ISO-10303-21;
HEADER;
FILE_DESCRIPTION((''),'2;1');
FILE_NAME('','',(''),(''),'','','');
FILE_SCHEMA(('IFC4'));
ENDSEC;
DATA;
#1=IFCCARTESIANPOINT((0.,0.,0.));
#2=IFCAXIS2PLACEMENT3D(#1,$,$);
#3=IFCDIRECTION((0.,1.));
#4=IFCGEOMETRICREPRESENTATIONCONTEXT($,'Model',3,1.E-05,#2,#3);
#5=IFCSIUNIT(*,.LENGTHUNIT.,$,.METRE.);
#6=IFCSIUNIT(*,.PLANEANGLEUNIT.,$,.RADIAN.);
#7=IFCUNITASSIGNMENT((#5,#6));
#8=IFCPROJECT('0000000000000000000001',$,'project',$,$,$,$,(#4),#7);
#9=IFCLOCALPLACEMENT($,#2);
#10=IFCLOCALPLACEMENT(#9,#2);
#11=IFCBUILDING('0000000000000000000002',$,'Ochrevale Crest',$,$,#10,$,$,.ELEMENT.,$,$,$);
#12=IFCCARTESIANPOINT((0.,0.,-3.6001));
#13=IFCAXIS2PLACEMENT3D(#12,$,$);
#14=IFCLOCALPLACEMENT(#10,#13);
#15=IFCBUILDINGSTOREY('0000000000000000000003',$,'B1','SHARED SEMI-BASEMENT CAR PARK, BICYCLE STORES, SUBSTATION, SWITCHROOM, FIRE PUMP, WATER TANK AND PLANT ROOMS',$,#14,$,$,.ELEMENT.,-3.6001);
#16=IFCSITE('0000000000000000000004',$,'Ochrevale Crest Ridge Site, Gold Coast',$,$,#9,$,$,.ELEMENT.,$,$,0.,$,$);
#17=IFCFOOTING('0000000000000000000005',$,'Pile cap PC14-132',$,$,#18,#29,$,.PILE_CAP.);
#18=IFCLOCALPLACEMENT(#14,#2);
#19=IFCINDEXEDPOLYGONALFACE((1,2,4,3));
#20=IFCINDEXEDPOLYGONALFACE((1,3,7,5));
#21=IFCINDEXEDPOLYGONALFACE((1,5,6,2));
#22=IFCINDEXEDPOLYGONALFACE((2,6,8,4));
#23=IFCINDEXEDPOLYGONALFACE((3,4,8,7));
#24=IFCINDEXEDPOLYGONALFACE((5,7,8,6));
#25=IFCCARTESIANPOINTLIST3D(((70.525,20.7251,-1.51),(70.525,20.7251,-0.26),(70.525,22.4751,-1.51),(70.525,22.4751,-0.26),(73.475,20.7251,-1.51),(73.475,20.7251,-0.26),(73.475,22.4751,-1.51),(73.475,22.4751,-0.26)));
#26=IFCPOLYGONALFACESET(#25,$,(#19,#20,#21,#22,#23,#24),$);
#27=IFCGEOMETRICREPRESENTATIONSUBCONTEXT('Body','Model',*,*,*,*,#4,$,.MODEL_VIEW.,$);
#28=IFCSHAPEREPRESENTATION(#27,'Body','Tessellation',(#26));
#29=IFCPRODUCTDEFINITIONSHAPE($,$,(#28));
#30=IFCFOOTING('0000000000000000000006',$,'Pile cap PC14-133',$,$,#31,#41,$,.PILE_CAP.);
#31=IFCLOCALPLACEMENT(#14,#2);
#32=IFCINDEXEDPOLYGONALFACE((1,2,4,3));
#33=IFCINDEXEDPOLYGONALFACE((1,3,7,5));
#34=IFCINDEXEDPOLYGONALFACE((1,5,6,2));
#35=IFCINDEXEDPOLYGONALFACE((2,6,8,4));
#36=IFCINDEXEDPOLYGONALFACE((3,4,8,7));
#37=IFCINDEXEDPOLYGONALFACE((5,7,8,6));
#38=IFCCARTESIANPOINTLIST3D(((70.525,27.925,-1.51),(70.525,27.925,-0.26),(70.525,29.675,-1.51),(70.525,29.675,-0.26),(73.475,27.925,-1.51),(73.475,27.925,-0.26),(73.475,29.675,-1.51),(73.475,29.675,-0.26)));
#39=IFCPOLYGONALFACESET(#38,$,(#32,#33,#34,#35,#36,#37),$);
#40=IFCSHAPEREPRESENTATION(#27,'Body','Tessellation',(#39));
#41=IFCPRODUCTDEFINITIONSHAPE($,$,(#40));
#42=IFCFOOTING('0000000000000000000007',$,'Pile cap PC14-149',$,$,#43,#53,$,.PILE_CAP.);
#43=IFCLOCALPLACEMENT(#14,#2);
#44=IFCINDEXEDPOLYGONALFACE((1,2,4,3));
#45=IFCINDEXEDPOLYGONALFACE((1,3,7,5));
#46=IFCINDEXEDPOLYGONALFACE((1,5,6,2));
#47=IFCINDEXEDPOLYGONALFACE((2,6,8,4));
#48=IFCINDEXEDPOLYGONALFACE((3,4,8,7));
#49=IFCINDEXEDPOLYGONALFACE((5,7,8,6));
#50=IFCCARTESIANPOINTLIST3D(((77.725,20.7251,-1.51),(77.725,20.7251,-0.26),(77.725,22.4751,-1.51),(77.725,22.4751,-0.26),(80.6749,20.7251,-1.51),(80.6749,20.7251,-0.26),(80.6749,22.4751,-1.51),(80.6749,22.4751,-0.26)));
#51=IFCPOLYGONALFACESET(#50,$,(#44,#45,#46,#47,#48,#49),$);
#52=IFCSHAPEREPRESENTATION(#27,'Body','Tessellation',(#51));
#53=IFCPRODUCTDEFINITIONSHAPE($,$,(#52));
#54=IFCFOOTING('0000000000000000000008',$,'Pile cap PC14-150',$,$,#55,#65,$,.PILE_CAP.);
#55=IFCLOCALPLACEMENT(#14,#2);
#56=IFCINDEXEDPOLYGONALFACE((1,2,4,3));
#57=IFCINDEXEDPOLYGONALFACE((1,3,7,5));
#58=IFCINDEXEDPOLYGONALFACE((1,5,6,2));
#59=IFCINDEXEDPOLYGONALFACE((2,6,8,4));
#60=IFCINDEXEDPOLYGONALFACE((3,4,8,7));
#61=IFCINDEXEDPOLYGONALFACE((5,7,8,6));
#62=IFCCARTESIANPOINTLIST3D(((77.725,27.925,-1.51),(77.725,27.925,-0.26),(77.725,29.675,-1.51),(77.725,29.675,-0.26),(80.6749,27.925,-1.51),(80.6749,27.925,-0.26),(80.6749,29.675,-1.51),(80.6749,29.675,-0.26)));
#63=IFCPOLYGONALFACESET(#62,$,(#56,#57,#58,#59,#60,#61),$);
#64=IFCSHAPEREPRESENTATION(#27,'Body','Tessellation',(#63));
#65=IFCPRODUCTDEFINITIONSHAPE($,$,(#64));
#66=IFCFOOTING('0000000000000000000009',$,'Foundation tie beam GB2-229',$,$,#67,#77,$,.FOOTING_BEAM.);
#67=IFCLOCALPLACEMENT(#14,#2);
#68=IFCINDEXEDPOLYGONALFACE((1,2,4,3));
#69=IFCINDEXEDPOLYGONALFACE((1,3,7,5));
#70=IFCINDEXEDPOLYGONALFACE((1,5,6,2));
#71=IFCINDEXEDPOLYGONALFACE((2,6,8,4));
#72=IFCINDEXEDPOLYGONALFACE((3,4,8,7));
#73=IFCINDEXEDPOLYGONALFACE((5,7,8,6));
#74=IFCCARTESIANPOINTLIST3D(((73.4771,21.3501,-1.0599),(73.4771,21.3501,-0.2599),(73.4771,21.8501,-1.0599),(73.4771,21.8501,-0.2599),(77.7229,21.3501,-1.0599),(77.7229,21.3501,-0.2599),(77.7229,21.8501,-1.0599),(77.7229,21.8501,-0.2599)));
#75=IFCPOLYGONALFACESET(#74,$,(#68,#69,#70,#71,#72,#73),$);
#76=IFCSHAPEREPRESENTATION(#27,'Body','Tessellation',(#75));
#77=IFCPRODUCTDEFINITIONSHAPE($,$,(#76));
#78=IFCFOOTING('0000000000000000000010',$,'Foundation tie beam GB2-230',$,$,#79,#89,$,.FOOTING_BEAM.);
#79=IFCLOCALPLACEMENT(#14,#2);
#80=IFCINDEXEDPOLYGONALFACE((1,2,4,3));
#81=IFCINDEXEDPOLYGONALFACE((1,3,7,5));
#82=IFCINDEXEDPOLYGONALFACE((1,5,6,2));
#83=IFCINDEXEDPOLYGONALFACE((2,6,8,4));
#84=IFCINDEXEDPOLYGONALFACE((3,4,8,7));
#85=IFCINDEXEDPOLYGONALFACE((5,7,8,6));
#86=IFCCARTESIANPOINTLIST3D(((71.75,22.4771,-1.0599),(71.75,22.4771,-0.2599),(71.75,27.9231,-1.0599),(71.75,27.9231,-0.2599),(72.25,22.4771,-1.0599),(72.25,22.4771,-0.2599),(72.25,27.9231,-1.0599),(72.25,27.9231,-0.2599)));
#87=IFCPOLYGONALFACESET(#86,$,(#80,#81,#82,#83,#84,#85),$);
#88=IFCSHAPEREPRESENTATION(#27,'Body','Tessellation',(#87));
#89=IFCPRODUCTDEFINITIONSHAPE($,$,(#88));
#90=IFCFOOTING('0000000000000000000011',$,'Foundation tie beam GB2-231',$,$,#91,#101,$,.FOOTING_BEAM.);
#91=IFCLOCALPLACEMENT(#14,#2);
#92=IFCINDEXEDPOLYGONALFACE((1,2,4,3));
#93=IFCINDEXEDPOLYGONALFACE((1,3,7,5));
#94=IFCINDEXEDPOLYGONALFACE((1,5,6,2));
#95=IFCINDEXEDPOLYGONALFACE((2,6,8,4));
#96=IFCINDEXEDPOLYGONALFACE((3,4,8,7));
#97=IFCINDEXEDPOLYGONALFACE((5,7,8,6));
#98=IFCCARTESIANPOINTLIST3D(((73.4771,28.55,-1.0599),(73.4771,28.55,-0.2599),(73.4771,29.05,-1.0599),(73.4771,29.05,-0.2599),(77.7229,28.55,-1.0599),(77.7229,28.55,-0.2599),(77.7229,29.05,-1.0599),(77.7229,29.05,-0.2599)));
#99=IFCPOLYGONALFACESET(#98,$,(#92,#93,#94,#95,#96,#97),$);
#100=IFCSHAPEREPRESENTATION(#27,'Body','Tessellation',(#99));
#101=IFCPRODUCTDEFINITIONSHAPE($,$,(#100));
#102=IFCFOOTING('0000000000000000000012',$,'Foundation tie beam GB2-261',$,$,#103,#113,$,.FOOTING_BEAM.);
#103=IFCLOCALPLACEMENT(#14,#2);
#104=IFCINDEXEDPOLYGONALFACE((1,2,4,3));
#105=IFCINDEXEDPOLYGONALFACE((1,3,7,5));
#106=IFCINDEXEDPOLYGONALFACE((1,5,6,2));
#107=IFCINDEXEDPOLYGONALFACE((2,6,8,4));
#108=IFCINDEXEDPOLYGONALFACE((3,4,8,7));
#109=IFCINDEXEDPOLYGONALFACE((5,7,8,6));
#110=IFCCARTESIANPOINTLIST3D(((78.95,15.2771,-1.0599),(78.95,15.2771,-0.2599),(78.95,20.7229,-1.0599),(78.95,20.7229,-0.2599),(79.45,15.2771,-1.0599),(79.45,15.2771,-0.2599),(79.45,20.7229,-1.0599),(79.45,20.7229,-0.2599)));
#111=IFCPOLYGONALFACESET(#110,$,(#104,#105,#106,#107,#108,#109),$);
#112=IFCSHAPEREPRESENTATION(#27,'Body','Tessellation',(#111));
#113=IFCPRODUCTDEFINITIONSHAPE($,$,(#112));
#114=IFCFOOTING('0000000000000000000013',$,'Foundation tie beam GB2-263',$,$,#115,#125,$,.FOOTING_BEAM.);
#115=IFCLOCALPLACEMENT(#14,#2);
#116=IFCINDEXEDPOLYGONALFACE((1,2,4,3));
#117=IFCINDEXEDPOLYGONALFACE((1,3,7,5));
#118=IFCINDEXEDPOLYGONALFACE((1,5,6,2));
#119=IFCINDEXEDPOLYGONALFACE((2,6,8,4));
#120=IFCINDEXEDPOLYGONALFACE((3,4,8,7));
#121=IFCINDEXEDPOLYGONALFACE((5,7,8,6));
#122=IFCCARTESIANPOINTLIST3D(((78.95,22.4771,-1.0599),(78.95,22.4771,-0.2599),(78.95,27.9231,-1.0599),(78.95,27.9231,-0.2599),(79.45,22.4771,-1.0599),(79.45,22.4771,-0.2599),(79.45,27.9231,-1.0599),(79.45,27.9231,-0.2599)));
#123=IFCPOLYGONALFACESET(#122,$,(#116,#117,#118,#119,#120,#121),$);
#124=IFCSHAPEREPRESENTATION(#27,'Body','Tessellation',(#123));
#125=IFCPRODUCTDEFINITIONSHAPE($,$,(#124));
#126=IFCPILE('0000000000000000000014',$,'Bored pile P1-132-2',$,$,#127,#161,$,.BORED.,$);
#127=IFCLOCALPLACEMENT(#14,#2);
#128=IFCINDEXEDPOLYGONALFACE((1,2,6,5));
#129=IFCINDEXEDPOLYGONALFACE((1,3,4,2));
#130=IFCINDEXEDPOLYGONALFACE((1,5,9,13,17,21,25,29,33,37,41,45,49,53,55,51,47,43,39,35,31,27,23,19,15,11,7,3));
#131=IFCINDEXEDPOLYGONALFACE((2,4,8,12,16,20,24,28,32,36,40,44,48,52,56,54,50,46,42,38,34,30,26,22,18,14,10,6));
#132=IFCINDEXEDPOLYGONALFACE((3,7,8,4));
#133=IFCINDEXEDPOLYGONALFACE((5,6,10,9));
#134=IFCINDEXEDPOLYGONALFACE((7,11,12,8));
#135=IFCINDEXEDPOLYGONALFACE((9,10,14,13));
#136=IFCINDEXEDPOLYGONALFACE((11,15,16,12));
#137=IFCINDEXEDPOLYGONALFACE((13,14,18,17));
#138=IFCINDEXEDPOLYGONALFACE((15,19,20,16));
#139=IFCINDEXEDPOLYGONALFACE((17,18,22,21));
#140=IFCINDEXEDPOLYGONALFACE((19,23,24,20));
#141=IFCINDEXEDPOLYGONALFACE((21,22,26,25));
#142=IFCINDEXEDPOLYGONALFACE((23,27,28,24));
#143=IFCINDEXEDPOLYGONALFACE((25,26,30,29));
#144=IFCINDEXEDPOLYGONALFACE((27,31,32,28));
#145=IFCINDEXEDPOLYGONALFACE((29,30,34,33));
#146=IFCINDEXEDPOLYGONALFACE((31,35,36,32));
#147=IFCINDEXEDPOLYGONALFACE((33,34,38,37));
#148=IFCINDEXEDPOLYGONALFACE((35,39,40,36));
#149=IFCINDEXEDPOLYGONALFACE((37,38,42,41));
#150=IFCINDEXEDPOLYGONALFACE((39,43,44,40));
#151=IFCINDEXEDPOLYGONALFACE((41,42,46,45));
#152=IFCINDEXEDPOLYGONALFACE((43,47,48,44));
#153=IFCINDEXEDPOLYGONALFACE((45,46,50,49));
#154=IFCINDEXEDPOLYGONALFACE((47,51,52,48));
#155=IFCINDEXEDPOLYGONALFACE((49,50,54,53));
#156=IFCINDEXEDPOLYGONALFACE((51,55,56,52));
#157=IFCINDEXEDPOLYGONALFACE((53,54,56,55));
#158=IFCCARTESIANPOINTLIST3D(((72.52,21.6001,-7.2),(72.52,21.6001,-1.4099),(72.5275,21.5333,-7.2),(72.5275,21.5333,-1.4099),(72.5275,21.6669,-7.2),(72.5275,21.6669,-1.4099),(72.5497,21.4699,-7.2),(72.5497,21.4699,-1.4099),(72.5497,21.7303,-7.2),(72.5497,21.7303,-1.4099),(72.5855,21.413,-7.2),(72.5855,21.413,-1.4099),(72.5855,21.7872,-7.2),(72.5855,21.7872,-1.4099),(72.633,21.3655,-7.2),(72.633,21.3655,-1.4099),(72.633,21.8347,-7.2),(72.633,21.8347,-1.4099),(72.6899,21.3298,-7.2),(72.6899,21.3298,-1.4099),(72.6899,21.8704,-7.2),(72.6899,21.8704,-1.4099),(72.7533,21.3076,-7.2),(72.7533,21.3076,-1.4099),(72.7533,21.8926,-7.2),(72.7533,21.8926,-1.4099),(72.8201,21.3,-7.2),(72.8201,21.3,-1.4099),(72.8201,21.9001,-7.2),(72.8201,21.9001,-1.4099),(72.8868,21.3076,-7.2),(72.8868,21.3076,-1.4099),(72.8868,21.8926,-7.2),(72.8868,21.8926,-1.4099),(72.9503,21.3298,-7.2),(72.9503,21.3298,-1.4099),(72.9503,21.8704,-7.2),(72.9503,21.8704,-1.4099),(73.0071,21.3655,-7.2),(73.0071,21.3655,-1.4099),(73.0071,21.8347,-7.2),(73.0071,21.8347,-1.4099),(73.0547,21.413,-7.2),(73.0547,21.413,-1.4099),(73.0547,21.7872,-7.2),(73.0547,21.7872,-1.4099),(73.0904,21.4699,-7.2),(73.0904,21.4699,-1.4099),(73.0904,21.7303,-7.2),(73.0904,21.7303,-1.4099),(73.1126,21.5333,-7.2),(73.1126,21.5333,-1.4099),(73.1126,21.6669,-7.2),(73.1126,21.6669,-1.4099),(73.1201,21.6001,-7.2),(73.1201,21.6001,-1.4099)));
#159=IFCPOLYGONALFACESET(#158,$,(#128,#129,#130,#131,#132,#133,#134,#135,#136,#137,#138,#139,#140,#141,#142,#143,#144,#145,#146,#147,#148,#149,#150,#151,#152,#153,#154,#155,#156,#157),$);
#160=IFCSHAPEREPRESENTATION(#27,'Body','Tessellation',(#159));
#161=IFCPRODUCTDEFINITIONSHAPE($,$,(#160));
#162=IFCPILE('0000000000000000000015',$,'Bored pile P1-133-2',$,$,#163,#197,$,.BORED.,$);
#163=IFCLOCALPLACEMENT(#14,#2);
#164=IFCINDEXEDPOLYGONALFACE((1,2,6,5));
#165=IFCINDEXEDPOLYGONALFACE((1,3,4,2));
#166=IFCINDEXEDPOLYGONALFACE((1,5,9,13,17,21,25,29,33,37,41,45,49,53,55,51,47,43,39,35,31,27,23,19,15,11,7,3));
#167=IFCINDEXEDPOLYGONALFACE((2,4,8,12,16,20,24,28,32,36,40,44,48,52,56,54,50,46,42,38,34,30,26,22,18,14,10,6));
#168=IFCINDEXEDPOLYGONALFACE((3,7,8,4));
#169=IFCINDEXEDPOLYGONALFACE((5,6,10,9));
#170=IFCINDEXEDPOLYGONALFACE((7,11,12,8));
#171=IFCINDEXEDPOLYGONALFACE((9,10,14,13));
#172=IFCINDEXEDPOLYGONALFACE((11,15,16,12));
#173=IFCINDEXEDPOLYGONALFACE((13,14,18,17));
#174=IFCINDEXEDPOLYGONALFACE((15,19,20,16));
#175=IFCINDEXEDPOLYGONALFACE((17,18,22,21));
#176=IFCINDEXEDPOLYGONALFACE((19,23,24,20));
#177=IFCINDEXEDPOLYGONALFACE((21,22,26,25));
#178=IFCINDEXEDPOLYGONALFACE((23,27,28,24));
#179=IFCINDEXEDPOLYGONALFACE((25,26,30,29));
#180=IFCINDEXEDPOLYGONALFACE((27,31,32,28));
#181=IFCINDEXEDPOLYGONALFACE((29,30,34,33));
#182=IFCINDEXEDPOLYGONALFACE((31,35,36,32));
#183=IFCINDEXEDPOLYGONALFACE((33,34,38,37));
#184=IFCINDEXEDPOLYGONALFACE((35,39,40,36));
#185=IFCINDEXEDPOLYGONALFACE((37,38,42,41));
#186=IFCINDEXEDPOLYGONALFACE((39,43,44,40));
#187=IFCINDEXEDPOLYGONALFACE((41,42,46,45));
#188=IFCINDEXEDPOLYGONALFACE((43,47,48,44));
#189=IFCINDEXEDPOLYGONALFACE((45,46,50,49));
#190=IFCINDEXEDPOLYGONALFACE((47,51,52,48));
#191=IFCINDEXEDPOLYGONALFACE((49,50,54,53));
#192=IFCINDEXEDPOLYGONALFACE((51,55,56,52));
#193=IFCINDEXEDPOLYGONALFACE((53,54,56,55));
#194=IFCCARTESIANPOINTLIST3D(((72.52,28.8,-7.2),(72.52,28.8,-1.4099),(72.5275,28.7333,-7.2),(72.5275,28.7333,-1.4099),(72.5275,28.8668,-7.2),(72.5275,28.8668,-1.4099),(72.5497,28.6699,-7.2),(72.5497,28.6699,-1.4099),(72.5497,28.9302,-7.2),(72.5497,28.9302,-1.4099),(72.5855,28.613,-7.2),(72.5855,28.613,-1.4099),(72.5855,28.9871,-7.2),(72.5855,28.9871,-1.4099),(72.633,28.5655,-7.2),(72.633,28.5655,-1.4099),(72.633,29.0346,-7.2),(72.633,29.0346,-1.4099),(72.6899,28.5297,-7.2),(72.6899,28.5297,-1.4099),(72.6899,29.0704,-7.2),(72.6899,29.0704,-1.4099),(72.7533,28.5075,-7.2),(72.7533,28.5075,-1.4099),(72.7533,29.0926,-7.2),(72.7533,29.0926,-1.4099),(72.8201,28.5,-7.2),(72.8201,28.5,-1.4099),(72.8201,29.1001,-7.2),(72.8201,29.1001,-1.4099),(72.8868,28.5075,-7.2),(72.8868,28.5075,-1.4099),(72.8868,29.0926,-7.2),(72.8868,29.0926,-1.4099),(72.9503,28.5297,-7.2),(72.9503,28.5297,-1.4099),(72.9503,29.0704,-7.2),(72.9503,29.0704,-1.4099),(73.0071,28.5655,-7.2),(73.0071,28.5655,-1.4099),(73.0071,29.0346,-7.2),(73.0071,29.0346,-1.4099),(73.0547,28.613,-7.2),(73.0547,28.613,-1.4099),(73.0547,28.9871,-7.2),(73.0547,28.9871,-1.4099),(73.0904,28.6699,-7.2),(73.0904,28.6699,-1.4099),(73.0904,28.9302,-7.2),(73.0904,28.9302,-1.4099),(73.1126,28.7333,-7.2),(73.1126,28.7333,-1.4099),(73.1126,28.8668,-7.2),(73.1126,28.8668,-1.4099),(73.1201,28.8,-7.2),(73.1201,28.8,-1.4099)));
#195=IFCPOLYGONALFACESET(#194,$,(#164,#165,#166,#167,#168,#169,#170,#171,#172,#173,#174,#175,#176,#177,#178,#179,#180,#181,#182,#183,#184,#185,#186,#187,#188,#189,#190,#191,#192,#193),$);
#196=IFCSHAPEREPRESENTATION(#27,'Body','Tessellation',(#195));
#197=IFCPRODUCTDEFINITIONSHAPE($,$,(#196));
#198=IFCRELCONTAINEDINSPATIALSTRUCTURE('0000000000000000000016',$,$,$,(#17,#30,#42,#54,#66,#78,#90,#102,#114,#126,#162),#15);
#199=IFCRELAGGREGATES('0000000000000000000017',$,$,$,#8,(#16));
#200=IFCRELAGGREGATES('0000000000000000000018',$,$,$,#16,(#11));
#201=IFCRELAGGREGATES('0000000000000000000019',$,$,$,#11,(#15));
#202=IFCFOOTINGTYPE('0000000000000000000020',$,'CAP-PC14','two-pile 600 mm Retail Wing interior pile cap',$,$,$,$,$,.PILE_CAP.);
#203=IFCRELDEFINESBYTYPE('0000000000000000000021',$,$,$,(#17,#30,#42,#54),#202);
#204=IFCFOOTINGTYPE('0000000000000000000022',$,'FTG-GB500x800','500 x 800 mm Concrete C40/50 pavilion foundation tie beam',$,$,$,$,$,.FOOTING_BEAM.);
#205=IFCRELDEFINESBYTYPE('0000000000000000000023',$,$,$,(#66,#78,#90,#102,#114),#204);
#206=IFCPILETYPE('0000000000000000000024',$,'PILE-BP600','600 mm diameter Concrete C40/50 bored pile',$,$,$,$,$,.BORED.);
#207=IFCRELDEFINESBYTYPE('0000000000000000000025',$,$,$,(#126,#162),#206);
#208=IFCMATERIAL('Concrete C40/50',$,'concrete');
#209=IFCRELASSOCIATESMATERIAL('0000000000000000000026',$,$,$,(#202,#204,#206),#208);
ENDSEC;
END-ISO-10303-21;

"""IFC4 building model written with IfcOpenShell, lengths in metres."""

from ifc_helpers import new_model, si_unit, direction, frame, origin, origin_2d, place, context, subcontext, project, spatial, rectangle, circle, extrude, material, material_profile, profile_set, type_object, element, save


model = new_model("IFC4")

# Units and contexts
model_context = context("Model", 3, precision=1e-05, world=origin(), true_north=direction((0.0, 1.0)))
body_context = subcontext(model_context, "Body", "Model", "MODEL_VIEW")
ifc_project = project(units=[si_unit("LENGTHUNIT", "METRE"), si_unit("PLANEANGLEUNIT", "RADIAN")], contexts=[model_context])

# Site, building, storey
site_placement = place(None, origin())
site = spatial("IfcSite", under=ifc_project, at=site_placement, Name="Ochrevale Crest Ridge Site, Gold Coast", CompositionType="ELEMENT", RefElevation=0.0)
building_placement = place(site_placement, origin())
building = spatial("IfcBuilding", under=site, at=building_placement, Name="Ochrevale Crest", CompositionType="ELEMENT")
storey_placement = place(building_placement, frame((0.0, 0.0, -3.6001)))
storey = spatial("IfcBuildingStorey", under=building, at=storey_placement, Name="B1", Description="SHARED SEMI-BASEMENT CAR PARK, BICYCLE STORES, SUBSTATION, SWITCHROOM, FIRE PUMP, WATER TANK AND PLANT ROOMS", CompositionType="ELEMENT", Elevation=-3.6001)

# Footings
ifc_material_1 = material(Name="Concrete C40/50", Category="concrete")
footing_type_1 = type_object("IfcFootingType", Name="CAP-PC14", Description="two-pile 600 mm Retail Wing interior pile cap", PredefinedType="PILE_CAP", material=ifc_material_1)
for number, where, z_axis, x_axis, name in (
    (1, (72.0, 21.6001, -1.51), (0.0, 0.0, 1.0), (1.0, 0.0, 0.0), "Pile cap PC14-132"),
    (2, (72.0, 28.8, -1.51), (0.0, 0.0, 1.0), (1.0, 0.0, 0.0), "Pile cap PC14-133"),
    (3, (79.2, 21.6001, -1.51), (0.0, 0.0, 1.0), (1.0, 0.0, 0.0), "Pile cap PC14-149"),
    (4, (79.2, 28.8, -1.51), (0.0, 0.0, 1.0), (1.0, 0.0, 0.0), "Pile cap PC14-150"),
):
    element("IfcFooting", number, at=place(storey_placement, frame(where, z_axis=z_axis, x_axis=x_axis)), inside=storey, type_object=footing_type_1, Name=name, PredefinedType="PILE_CAP", context=body_context, shape_type="SweptSolid", body=[
        extrude(rectangle(XDim=2.95, YDim=1.75, at=origin_2d()), origin(), (0.0, 0.0, 1.0), 1.25),
    ])
ifc_material_profile_1 = material_profile(ifc_material_1, rectangle(XDim=0.5, YDim=0.8, at=origin_2d()), Name="GB 500x800")
ifc_profile_set_1 = profile_set([ifc_material_profile_1], Name="Concrete C40/50")
footing_type_2 = type_object("IfcFootingType", Name="FTG-GB500x800", Description="500 x 800 mm Concrete C40/50 pavilion foundation tie beam", PredefinedType="FOOTING_BEAM", material=ifc_profile_set_1)
footing_1_placement = place(storey_placement, frame((73.4771, 21.6001, -0.6599), z_axis=(1.0, 0.0, 0.0), x_axis=(0.0, 1.0, 0.0)))
element("IfcFooting", 5, at=footing_1_placement, inside=storey, type_object=footing_type_2, Name="Foundation tie beam GB2-229", PredefinedType="FOOTING_BEAM", context=body_context, shape_type="SweptSolid", body=[
    extrude(rectangle(XDim=0.5, YDim=0.8, at=origin_2d()), origin(), (0.0, 0.0, 1.0), 4.2458),
])
footing_2_placement = place(storey_placement, frame((72.0, 22.4771, -0.6599), z_axis=(0.0, 1.0, 0.0), x_axis=(-1.0, 0.0, 0.0)))
element("IfcFooting", 6, at=footing_2_placement, inside=storey, type_object=footing_type_2, Name="Foundation tie beam GB2-230", PredefinedType="FOOTING_BEAM", context=body_context, shape_type="SweptSolid", body=[
    extrude(rectangle(XDim=0.5, YDim=0.8, at=origin_2d()), origin(), (0.0, 0.0, 1.0), 5.446),
])
footing_3_placement = place(storey_placement, frame((73.4771, 28.8, -0.6599), z_axis=(1.0, 0.0, 0.0), x_axis=(0.0, 1.0, 0.0)))
element("IfcFooting", 7, at=footing_3_placement, inside=storey, type_object=footing_type_2, Name="Foundation tie beam GB2-231", PredefinedType="FOOTING_BEAM", context=body_context, shape_type="SweptSolid", body=[
    extrude(rectangle(XDim=0.5, YDim=0.8, at=origin_2d()), origin(), (0.0, 0.0, 1.0), 4.2458),
])
footing_4_placement = place(storey_placement, frame((79.2, 15.2771, -0.6599), z_axis=(0.0, 1.0, 0.0), x_axis=(-1.0, 0.0, 0.0)))
element("IfcFooting", 8, at=footing_4_placement, inside=storey, type_object=footing_type_2, Name="Foundation tie beam GB2-261", PredefinedType="FOOTING_BEAM", context=body_context, shape_type="SweptSolid", body=[
    extrude(rectangle(XDim=0.5, YDim=0.8, at=origin_2d()), origin(), (0.0, 0.0, 1.0), 5.4458),
])
footing_5_placement = place(storey_placement, frame((79.2, 22.4771, -0.6599), z_axis=(0.0, 1.0, 0.0), x_axis=(-1.0, 0.0, 0.0)))
element("IfcFooting", 9, at=footing_5_placement, inside=storey, type_object=footing_type_2, Name="Foundation tie beam GB2-263", PredefinedType="FOOTING_BEAM", context=body_context, shape_type="SweptSolid", body=[
    extrude(rectangle(XDim=0.5, YDim=0.8, at=origin_2d()), origin(), (0.0, 0.0, 1.0), 5.446),
])

# Piles
ifc_material_profile_2 = material_profile(ifc_material_1, circle(Radius=0.3, at=origin_2d()), Name="BORED PILE 600")
ifc_profile_set_2 = profile_set([ifc_material_profile_2], Name="Concrete C40/50")
pile_type = type_object("IfcPileType", Name="PILE-BP600", Description="600 mm diameter Concrete C40/50 bored pile", PredefinedType="BORED", material=ifc_profile_set_2)
for number, where, z_axis, x_axis, name in (
    (10, (72.8201, 21.6001, -1.4099), (0.0, 0.0, -1.0), (1.0, 0.0, 0.0), "Bored pile P1-132-2"),
    (11, (72.8201, 28.8, -1.4099), (0.0, 0.0, -1.0), (1.0, 0.0, 0.0), "Bored pile P1-133-2"),
):
    element("IfcPile", number, at=place(storey_placement, frame(where, z_axis=z_axis, x_axis=x_axis)), inside=storey, type_object=pile_type, Name=name, PredefinedType="BORED", context=body_context, shape_type="SweptSolid", body=[
        extrude(circle(Radius=0.3, at=origin_2d()), origin(), (0.0, 0.0, 1.0), 5.79),
    ])

save(model, "model.ifc")
